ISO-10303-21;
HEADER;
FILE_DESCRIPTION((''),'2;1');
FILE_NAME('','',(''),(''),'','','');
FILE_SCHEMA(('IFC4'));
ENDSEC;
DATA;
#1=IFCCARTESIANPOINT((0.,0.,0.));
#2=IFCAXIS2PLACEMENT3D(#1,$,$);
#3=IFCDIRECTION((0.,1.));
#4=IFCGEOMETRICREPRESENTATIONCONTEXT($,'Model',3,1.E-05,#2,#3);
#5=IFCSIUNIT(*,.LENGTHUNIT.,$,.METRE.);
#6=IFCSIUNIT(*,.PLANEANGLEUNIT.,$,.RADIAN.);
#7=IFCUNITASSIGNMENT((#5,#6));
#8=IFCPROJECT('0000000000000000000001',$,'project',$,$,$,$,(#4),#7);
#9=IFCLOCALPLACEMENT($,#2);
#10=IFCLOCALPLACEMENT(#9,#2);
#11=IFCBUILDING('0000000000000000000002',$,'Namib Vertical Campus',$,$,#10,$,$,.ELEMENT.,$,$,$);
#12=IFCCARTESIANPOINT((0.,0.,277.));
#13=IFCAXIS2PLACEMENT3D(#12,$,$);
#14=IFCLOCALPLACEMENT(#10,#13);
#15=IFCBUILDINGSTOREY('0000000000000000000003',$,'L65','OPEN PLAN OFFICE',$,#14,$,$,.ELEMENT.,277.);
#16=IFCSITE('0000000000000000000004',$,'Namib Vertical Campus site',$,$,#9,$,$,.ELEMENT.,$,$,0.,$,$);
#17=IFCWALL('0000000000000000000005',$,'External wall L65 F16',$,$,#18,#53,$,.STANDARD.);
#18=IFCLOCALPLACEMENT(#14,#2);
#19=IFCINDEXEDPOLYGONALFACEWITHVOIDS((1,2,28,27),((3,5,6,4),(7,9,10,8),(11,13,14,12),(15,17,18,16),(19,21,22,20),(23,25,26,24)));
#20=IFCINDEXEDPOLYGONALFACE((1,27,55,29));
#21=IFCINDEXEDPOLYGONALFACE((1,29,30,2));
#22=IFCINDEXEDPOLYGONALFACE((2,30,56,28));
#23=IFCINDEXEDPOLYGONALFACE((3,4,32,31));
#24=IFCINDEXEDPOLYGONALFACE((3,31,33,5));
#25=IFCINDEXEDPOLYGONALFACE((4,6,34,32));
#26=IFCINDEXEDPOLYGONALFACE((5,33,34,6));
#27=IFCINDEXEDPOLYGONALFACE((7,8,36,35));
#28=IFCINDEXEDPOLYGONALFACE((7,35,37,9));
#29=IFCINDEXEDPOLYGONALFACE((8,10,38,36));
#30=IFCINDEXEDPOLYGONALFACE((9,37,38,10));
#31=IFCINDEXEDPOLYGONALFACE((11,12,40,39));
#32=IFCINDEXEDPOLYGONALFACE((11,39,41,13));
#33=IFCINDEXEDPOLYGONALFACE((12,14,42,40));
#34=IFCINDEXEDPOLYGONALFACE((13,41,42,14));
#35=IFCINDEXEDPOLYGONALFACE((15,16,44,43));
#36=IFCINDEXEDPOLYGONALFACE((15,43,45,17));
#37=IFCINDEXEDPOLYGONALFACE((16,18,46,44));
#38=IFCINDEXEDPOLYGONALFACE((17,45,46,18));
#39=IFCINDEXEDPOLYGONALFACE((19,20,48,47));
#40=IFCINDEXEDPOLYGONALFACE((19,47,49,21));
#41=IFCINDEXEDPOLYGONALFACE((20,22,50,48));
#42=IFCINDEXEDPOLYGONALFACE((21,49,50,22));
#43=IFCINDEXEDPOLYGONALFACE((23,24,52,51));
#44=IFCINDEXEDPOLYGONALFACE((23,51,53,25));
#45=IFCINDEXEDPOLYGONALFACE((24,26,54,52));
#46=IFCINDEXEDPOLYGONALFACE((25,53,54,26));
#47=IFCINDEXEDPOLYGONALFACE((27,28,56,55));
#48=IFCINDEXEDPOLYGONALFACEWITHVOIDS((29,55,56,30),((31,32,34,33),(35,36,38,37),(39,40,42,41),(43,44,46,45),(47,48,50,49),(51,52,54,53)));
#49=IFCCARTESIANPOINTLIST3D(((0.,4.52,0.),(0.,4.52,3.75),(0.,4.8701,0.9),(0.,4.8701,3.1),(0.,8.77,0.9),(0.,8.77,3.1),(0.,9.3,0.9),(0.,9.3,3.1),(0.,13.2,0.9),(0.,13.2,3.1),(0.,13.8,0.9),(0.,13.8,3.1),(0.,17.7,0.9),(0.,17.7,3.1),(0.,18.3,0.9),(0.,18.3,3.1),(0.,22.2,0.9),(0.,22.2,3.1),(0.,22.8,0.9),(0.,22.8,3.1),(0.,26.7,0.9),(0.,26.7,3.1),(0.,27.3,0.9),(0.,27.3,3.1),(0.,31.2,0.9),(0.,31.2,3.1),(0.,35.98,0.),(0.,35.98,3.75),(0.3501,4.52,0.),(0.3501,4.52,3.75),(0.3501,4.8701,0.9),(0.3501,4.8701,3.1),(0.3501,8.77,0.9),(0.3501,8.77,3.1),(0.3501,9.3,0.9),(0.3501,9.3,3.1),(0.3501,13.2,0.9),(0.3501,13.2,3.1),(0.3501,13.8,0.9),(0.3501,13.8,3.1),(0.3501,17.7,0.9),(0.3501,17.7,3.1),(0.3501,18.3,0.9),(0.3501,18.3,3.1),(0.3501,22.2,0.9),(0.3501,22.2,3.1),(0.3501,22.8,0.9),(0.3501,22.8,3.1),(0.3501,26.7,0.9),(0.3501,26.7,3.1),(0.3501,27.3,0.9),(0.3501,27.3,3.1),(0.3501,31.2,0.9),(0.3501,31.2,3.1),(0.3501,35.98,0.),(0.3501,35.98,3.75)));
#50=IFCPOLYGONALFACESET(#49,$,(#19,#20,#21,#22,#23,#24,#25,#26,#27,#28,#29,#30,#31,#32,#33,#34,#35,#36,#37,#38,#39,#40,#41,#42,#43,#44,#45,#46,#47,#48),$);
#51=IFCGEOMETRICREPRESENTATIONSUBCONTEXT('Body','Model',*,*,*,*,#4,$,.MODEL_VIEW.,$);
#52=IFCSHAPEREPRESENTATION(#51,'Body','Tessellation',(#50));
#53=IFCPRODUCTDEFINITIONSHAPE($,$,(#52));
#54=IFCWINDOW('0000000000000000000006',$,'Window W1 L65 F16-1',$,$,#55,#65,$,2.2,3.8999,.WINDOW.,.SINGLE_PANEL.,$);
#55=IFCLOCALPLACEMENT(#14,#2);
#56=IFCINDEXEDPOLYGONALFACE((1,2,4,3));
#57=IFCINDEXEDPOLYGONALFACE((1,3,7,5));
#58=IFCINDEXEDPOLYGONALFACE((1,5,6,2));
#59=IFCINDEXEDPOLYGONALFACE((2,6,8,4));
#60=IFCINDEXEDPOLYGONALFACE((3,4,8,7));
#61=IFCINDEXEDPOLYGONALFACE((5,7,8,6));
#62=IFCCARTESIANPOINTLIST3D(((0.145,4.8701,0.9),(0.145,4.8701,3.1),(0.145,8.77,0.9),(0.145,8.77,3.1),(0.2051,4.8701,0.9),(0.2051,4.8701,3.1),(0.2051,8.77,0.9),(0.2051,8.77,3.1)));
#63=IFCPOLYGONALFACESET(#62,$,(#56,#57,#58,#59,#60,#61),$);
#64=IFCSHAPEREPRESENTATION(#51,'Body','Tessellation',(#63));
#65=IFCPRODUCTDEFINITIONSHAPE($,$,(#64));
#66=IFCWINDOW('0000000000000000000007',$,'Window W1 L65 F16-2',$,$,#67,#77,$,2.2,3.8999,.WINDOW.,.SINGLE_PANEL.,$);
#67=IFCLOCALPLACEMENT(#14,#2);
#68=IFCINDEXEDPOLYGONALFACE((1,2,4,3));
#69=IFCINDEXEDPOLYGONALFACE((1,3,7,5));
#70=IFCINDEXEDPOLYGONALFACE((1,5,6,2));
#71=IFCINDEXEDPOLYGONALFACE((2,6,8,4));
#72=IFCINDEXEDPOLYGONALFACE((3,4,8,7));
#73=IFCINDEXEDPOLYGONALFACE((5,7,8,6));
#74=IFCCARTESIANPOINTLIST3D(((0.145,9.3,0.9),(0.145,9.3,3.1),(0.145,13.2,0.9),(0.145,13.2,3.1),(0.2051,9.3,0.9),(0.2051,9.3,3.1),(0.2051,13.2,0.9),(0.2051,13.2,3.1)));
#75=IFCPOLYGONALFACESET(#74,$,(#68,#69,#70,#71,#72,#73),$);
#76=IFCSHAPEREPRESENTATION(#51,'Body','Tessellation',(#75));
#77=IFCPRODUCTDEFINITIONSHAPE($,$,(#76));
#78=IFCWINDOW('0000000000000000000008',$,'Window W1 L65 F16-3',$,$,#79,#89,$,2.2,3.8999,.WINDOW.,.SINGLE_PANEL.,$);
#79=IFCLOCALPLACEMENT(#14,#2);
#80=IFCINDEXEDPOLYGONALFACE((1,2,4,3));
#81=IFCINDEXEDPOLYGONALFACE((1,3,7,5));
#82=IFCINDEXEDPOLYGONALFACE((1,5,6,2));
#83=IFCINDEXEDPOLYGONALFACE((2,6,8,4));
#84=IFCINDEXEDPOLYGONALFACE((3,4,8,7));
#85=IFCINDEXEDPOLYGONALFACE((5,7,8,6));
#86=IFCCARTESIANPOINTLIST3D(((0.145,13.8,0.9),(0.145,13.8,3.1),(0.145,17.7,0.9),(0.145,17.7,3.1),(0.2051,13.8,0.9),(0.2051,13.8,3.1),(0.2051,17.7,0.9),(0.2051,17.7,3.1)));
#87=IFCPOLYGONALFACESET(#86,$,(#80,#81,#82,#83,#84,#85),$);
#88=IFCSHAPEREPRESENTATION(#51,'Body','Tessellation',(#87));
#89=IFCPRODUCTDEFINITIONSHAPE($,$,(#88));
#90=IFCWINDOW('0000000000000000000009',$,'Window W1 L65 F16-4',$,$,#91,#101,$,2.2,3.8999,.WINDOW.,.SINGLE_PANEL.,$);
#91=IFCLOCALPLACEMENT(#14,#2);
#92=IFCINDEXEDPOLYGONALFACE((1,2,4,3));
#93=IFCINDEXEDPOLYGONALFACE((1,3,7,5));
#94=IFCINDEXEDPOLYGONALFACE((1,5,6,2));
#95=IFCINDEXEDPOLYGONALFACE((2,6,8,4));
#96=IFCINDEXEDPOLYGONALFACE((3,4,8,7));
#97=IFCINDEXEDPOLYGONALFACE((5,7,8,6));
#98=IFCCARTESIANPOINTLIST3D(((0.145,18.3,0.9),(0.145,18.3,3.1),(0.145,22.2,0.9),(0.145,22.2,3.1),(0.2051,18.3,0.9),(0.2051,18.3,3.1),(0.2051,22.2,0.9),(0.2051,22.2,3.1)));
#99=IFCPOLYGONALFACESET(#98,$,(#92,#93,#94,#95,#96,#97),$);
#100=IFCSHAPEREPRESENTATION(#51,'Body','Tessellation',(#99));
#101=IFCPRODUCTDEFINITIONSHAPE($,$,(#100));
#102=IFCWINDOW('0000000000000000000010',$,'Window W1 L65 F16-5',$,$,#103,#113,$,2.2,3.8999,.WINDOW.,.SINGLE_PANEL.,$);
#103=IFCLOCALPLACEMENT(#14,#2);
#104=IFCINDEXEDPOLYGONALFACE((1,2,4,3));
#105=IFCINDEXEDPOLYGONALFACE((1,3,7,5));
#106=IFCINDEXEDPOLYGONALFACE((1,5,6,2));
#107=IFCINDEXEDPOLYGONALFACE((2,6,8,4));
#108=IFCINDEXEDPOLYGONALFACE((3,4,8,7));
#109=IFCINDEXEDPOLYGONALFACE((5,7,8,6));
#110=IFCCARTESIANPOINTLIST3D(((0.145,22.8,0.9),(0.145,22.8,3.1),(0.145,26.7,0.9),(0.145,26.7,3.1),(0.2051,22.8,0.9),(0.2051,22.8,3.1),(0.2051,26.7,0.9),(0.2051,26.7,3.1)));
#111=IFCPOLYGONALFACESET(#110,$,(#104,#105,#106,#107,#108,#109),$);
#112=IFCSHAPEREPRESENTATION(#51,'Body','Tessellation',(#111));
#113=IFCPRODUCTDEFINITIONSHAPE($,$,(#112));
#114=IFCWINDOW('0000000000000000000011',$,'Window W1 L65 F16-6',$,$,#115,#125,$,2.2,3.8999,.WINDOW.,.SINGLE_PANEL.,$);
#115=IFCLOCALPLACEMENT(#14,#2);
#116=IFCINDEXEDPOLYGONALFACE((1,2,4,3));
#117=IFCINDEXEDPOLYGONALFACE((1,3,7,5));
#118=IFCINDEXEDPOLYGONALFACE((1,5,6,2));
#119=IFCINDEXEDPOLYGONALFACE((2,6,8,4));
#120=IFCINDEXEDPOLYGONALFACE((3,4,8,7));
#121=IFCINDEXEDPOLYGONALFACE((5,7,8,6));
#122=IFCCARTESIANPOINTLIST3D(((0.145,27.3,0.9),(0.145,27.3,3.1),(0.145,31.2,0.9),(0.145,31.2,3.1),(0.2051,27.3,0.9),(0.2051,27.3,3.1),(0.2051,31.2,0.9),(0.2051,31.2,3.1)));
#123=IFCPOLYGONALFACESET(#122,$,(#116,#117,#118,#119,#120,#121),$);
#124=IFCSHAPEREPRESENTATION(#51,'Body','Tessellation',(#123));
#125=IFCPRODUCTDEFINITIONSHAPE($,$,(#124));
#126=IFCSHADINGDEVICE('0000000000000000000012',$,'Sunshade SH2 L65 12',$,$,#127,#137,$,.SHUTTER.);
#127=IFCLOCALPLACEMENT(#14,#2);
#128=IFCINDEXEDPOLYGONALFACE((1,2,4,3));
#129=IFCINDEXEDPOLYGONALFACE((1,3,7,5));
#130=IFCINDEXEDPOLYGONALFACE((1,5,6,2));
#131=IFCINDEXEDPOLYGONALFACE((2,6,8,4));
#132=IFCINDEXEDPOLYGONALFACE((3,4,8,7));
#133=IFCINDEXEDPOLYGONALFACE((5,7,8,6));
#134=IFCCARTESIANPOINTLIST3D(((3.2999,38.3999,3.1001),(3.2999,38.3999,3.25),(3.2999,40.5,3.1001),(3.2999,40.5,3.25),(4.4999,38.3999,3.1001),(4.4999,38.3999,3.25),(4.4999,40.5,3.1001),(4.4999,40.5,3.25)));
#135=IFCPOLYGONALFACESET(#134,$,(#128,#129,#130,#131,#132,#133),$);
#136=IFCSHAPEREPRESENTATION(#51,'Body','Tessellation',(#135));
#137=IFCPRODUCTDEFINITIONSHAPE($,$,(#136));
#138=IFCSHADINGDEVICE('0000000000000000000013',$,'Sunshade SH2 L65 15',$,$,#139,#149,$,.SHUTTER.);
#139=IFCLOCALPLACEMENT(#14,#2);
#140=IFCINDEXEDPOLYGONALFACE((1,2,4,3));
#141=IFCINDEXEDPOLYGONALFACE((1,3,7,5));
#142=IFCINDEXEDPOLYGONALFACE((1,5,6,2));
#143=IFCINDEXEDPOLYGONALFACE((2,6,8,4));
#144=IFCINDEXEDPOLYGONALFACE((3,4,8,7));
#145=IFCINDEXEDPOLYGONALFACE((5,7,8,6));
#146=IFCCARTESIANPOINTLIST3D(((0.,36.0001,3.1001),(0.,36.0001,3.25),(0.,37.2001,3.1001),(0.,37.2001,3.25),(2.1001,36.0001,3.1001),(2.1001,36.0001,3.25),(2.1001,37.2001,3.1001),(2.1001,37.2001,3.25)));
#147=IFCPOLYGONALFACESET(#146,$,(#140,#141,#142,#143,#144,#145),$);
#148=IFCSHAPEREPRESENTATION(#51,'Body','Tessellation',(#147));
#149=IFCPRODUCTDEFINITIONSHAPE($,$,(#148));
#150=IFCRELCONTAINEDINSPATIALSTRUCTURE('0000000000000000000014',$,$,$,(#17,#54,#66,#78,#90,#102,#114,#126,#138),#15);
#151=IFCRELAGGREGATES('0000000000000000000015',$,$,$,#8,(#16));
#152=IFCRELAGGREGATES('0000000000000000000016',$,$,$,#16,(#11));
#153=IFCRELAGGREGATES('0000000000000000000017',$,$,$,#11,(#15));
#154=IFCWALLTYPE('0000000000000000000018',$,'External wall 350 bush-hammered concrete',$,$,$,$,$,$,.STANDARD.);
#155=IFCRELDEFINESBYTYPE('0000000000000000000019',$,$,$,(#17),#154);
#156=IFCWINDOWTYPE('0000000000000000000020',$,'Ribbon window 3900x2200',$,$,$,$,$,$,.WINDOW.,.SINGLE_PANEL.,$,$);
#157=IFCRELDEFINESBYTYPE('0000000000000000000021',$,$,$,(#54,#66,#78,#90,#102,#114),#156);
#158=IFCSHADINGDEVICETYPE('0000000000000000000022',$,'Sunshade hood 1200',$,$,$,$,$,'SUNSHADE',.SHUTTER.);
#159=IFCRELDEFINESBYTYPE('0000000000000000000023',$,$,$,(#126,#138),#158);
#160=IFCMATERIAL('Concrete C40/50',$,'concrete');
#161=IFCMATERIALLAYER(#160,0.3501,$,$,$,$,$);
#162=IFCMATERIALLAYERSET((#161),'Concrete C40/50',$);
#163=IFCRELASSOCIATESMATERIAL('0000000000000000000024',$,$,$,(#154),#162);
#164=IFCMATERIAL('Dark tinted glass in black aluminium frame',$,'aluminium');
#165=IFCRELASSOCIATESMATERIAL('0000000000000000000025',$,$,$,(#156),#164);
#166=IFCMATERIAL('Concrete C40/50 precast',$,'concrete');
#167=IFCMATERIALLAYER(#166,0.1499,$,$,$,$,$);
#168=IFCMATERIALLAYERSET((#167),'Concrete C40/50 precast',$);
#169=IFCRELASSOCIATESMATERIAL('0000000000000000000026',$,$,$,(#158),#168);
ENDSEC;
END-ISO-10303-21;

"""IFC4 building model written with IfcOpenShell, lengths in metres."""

from ifc_helpers import new_model, si_unit, direction, frame, frame_2d, origin, origin_2d, place, context, subcontext, project, spatial, rectangle, extrude, material, layer, layer_set, type_object, element, fill, save


model = new_model("IFC4")

# Units and contexts
model_context = context("Model", 3, precision=1e-05, world=origin(), true_north=direction((0.0, 1.0)))
body_context = subcontext(model_context, "Body", "Model", "MODEL_VIEW")
ifc_project = project(units=[si_unit("LENGTHUNIT", "METRE"), si_unit("PLANEANGLEUNIT", "RADIAN")], contexts=[model_context])

# Site, building, storey
site_placement = place(None, origin())
site = spatial("IfcSite", under=ifc_project, at=site_placement, Name="Namib Vertical Campus site", CompositionType="ELEMENT", RefElevation=0.0)
building_placement = place(site_placement, origin())
building = spatial("IfcBuilding", under=site, at=building_placement, Name="Namib Vertical Campus", CompositionType="ELEMENT")
storey_placement = place(building_placement, frame((0.0, 0.0, 277.0)))
storey = spatial("IfcBuildingStorey", under=building, at=storey_placement, Name="L65", Description="OPEN PLAN OFFICE", CompositionType="ELEMENT", Elevation=277.0)

# Shared definitions
ifc_material_1 = material(Name="Concrete C40/50", Category="concrete")
ifc_layer_1 = layer(ifc_material_1, 0.3501)
ifc_layer_set_1 = layer_set([ifc_layer_1], Name="Concrete C40/50")
wall_type_1 = type_object("IfcWallType", Name="External wall 350 bush-hammered concrete", PredefinedType="STANDARD", material=ifc_layer_set_1)

# Wall, openings, windows
wall_1_placement = place(storey_placement, frame((0.175, 35.98, 0.0), z_axis=(0.0, 0.0, 1.0), x_axis=(0.0, -1.0, 0.0)))
wall_1 = element("IfcWall", 1, at=wall_1_placement, inside=storey, type_object=wall_type_1, Name="External wall L65 F16", PredefinedType="STANDARD", context=body_context, shape_type="SweptSolid", body=[
    extrude(rectangle(XDim=31.46, YDim=0.3501, at=frame_2d((15.73, 0.0))), origin(), (0.0, 0.0, 1.0), 3.75),
])
opening_1_placement = place(wall_1_placement, frame((27.21, 0.0, 0.8999)))
opening_1 = element("IfcOpeningElement", 2, at=opening_1_placement, cuts=wall_1, PredefinedType="OPENING", context=body_context, shape_type="SweptSolid", body=[
    extrude(rectangle(XDim=3.8999, YDim=2.2, at=frame_2d((1.95, 1.1001))), frame((0.0, 0.1851, 0.0), z_axis=(0.0, -1.0, 0.0), x_axis=(1.0, 0.0, 0.0)), (0.0, 0.0, 1.0), 0.3701),
])
opening_2_placement = place(wall_1_placement, frame((22.78, 0.0, 0.8999)))
opening_2 = element("IfcOpeningElement", 3, at=opening_2_placement, cuts=wall_1, PredefinedType="OPENING", context=body_context, shape_type="SweptSolid", body=[
    extrude(rectangle(XDim=3.8999, YDim=2.2, at=frame_2d((1.95, 1.1001))), frame((0.0, 0.1851, 0.0), z_axis=(0.0, -1.0, 0.0), x_axis=(1.0, 0.0, 0.0)), (0.0, 0.0, 1.0), 0.3701),
])
opening_3_placement = place(wall_1_placement, frame((18.28, 0.0, 0.8999)))
opening_3 = element("IfcOpeningElement", 4, at=opening_3_placement, cuts=wall_1, PredefinedType="OPENING", context=body_context, shape_type="SweptSolid", body=[
    extrude(rectangle(XDim=3.8999, YDim=2.2, at=frame_2d((1.95, 1.1001))), frame((0.0, 0.1851, 0.0), z_axis=(0.0, -1.0, 0.0), x_axis=(1.0, 0.0, 0.0)), (0.0, 0.0, 1.0), 0.3701),
])
opening_4_placement = place(wall_1_placement, frame((13.78, 0.0, 0.8999)))
opening_4 = element("IfcOpeningElement", 5, at=opening_4_placement, cuts=wall_1, PredefinedType="OPENING", context=body_context, shape_type="SweptSolid", body=[
    extrude(rectangle(XDim=3.8999, YDim=2.2, at=frame_2d((1.95, 1.1001))), frame((0.0, 0.1851, 0.0), z_axis=(0.0, -1.0, 0.0), x_axis=(1.0, 0.0, 0.0)), (0.0, 0.0, 1.0), 0.3701),
])
opening_5_placement = place(wall_1_placement, frame((9.28, 0.0, 0.8999)))
opening_5 = element("IfcOpeningElement", 6, at=opening_5_placement, cuts=wall_1, PredefinedType="OPENING", context=body_context, shape_type="SweptSolid", body=[
    extrude(rectangle(XDim=3.8999, YDim=2.2, at=frame_2d((1.95, 1.1001))), frame((0.0, 0.1851, 0.0), z_axis=(0.0, -1.0, 0.0), x_axis=(1.0, 0.0, 0.0)), (0.0, 0.0, 1.0), 0.3701),
])
opening_6_placement = place(wall_1_placement, frame((4.78, 0.0, 0.8999)))
opening_6 = element("IfcOpeningElement", 7, at=opening_6_placement, cuts=wall_1, PredefinedType="OPENING", context=body_context, shape_type="SweptSolid", body=[
    extrude(rectangle(XDim=3.8999, YDim=2.2, at=frame_2d((1.95, 1.1001))), frame((0.0, 0.1851, 0.0), z_axis=(0.0, -1.0, 0.0), x_axis=(1.0, 0.0, 0.0)), (0.0, 0.0, 1.0), 0.3701),
])
ifc_material_2 = material(Name="Dark tinted glass in black aluminium frame", Category="aluminium")
window_type = type_object("IfcWindowType", Name="Ribbon window 3900x2200", PartitioningType="SINGLE_PANEL", PredefinedType="WINDOW", material=ifc_material_2)
window_1_placement = place(opening_1_placement, origin())
window_1 = element("IfcWindow", 8, at=window_1_placement, inside=storey, type_object=window_type, Name="Window W1 L65 F16-1", OverallHeight=2.2, OverallWidth=3.8999, PartitioningType="SINGLE_PANEL", PredefinedType="WINDOW", context=body_context, shape_type="SweptSolid", body=[
    extrude(rectangle(XDim=3.8999, YDim=2.2, at=frame_2d((1.95, 1.1001))), frame((0.0, 0.03, 0.0), z_axis=(0.0, -1.0, 0.0), x_axis=(1.0, 0.0, 0.0)), (0.0, 0.0, 1.0), 0.0601),
])
fill(opening_1, window_1)
window_2_placement = place(opening_2_placement, origin())
window_2 = element("IfcWindow", 9, at=window_2_placement, inside=storey, type_object=window_type, Name="Window W1 L65 F16-2", OverallHeight=2.2, OverallWidth=3.8999, PartitioningType="SINGLE_PANEL", PredefinedType="WINDOW", context=body_context, shape_type="SweptSolid", body=[
    extrude(rectangle(XDim=3.8999, YDim=2.2, at=frame_2d((1.95, 1.1001))), frame((0.0, 0.03, 0.0), z_axis=(0.0, -1.0, 0.0), x_axis=(1.0, 0.0, 0.0)), (0.0, 0.0, 1.0), 0.0601),
])
fill(opening_2, window_2)
window_3_placement = place(opening_3_placement, origin())
window_3 = element("IfcWindow", 10, at=window_3_placement, inside=storey, type_object=window_type, Name="Window W1 L65 F16-3", OverallHeight=2.2, OverallWidth=3.8999, PartitioningType="SINGLE_PANEL", PredefinedType="WINDOW", context=body_context, shape_type="SweptSolid", body=[
    extrude(rectangle(XDim=3.8999, YDim=2.2, at=frame_2d((1.95, 1.1001))), frame((0.0, 0.03, 0.0), z_axis=(0.0, -1.0, 0.0), x_axis=(1.0, 0.0, 0.0)), (0.0, 0.0, 1.0), 0.0601),
])
fill(opening_3, window_3)
window_4_placement = place(opening_4_placement, origin())
window_4 = element("IfcWindow", 11, at=window_4_placement, inside=storey, type_object=window_type, Name="Window W1 L65 F16-4", OverallHeight=2.2, OverallWidth=3.8999, PartitioningType="SINGLE_PANEL", PredefinedType="WINDOW", context=body_context, shape_type="SweptSolid", body=[
    extrude(rectangle(XDim=3.8999, YDim=2.2, at=frame_2d((1.95, 1.1001))), frame((0.0, 0.03, 0.0), z_axis=(0.0, -1.0, 0.0), x_axis=(1.0, 0.0, 0.0)), (0.0, 0.0, 1.0), 0.0601),
])
fill(opening_4, window_4)
window_5_placement = place(opening_5_placement, origin())
window_5 = element("IfcWindow", 12, at=window_5_placement, inside=storey, type_object=window_type, Name="Window W1 L65 F16-5", OverallHeight=2.2, OverallWidth=3.8999, PartitioningType="SINGLE_PANEL", PredefinedType="WINDOW", context=body_context, shape_type="SweptSolid", body=[
    extrude(rectangle(XDim=3.8999, YDim=2.2, at=frame_2d((1.95, 1.1001))), frame((0.0, 0.03, 0.0), z_axis=(0.0, -1.0, 0.0), x_axis=(1.0, 0.0, 0.0)), (0.0, 0.0, 1.0), 0.0601),
])
fill(opening_5, window_5)
window_6_placement = place(opening_6_placement, origin())
window_6 = element("IfcWindow", 13, at=window_6_placement, inside=storey, type_object=window_type, Name="Window W1 L65 F16-6", OverallHeight=2.2, OverallWidth=3.8999, PartitioningType="SINGLE_PANEL", PredefinedType="WINDOW", context=body_context, shape_type="SweptSolid", body=[
    extrude(rectangle(XDim=3.8999, YDim=2.2, at=frame_2d((1.95, 1.1001))), frame((0.0, 0.03, 0.0), z_axis=(0.0, -1.0, 0.0), x_axis=(1.0, 0.0, 0.0)), (0.0, 0.0, 1.0), 0.0601),
])
fill(opening_6, window_6)

# Shading devices
ifc_material_3 = material(Name="Concrete C40/50 precast", Category="concrete")
ifc_layer_2 = layer(ifc_material_3, 0.1499)
ifc_layer_set_2 = layer_set([ifc_layer_2], Name="Concrete C40/50 precast")
shading_device_type = type_object("IfcShadingDeviceType", Name="Sunshade hood 1200", ElementType="SUNSHADE", PredefinedType="SHUTTER", material=ifc_layer_set_2)
for number, where, z_axis, x_axis, name in (
    (14, (3.8999, 39.45, 3.1001), (0.0, 0.0, 1.0), (0.0, -1.0, 0.0), "Sunshade SH2 L65 12"),
    (15, (1.05, 36.6001, 3.1001), (0.0, 0.0, 1.0), (-1.0, 0.0, 0.0), "Sunshade SH2 L65 15"),
):
    element("IfcShadingDevice", number, at=place(storey_placement, frame(where, z_axis=z_axis, x_axis=x_axis)), inside=storey, type_object=shading_device_type, Name=name, PredefinedType="SHUTTER", context=body_context, shape_type="SweptSolid", body=[
        extrude(rectangle(XDim=2.1001, YDim=1.2, at=origin_2d()), origin(), (0.0, 0.0, 1.0), 0.1499),
    ])

save(model, "model.ifc")
